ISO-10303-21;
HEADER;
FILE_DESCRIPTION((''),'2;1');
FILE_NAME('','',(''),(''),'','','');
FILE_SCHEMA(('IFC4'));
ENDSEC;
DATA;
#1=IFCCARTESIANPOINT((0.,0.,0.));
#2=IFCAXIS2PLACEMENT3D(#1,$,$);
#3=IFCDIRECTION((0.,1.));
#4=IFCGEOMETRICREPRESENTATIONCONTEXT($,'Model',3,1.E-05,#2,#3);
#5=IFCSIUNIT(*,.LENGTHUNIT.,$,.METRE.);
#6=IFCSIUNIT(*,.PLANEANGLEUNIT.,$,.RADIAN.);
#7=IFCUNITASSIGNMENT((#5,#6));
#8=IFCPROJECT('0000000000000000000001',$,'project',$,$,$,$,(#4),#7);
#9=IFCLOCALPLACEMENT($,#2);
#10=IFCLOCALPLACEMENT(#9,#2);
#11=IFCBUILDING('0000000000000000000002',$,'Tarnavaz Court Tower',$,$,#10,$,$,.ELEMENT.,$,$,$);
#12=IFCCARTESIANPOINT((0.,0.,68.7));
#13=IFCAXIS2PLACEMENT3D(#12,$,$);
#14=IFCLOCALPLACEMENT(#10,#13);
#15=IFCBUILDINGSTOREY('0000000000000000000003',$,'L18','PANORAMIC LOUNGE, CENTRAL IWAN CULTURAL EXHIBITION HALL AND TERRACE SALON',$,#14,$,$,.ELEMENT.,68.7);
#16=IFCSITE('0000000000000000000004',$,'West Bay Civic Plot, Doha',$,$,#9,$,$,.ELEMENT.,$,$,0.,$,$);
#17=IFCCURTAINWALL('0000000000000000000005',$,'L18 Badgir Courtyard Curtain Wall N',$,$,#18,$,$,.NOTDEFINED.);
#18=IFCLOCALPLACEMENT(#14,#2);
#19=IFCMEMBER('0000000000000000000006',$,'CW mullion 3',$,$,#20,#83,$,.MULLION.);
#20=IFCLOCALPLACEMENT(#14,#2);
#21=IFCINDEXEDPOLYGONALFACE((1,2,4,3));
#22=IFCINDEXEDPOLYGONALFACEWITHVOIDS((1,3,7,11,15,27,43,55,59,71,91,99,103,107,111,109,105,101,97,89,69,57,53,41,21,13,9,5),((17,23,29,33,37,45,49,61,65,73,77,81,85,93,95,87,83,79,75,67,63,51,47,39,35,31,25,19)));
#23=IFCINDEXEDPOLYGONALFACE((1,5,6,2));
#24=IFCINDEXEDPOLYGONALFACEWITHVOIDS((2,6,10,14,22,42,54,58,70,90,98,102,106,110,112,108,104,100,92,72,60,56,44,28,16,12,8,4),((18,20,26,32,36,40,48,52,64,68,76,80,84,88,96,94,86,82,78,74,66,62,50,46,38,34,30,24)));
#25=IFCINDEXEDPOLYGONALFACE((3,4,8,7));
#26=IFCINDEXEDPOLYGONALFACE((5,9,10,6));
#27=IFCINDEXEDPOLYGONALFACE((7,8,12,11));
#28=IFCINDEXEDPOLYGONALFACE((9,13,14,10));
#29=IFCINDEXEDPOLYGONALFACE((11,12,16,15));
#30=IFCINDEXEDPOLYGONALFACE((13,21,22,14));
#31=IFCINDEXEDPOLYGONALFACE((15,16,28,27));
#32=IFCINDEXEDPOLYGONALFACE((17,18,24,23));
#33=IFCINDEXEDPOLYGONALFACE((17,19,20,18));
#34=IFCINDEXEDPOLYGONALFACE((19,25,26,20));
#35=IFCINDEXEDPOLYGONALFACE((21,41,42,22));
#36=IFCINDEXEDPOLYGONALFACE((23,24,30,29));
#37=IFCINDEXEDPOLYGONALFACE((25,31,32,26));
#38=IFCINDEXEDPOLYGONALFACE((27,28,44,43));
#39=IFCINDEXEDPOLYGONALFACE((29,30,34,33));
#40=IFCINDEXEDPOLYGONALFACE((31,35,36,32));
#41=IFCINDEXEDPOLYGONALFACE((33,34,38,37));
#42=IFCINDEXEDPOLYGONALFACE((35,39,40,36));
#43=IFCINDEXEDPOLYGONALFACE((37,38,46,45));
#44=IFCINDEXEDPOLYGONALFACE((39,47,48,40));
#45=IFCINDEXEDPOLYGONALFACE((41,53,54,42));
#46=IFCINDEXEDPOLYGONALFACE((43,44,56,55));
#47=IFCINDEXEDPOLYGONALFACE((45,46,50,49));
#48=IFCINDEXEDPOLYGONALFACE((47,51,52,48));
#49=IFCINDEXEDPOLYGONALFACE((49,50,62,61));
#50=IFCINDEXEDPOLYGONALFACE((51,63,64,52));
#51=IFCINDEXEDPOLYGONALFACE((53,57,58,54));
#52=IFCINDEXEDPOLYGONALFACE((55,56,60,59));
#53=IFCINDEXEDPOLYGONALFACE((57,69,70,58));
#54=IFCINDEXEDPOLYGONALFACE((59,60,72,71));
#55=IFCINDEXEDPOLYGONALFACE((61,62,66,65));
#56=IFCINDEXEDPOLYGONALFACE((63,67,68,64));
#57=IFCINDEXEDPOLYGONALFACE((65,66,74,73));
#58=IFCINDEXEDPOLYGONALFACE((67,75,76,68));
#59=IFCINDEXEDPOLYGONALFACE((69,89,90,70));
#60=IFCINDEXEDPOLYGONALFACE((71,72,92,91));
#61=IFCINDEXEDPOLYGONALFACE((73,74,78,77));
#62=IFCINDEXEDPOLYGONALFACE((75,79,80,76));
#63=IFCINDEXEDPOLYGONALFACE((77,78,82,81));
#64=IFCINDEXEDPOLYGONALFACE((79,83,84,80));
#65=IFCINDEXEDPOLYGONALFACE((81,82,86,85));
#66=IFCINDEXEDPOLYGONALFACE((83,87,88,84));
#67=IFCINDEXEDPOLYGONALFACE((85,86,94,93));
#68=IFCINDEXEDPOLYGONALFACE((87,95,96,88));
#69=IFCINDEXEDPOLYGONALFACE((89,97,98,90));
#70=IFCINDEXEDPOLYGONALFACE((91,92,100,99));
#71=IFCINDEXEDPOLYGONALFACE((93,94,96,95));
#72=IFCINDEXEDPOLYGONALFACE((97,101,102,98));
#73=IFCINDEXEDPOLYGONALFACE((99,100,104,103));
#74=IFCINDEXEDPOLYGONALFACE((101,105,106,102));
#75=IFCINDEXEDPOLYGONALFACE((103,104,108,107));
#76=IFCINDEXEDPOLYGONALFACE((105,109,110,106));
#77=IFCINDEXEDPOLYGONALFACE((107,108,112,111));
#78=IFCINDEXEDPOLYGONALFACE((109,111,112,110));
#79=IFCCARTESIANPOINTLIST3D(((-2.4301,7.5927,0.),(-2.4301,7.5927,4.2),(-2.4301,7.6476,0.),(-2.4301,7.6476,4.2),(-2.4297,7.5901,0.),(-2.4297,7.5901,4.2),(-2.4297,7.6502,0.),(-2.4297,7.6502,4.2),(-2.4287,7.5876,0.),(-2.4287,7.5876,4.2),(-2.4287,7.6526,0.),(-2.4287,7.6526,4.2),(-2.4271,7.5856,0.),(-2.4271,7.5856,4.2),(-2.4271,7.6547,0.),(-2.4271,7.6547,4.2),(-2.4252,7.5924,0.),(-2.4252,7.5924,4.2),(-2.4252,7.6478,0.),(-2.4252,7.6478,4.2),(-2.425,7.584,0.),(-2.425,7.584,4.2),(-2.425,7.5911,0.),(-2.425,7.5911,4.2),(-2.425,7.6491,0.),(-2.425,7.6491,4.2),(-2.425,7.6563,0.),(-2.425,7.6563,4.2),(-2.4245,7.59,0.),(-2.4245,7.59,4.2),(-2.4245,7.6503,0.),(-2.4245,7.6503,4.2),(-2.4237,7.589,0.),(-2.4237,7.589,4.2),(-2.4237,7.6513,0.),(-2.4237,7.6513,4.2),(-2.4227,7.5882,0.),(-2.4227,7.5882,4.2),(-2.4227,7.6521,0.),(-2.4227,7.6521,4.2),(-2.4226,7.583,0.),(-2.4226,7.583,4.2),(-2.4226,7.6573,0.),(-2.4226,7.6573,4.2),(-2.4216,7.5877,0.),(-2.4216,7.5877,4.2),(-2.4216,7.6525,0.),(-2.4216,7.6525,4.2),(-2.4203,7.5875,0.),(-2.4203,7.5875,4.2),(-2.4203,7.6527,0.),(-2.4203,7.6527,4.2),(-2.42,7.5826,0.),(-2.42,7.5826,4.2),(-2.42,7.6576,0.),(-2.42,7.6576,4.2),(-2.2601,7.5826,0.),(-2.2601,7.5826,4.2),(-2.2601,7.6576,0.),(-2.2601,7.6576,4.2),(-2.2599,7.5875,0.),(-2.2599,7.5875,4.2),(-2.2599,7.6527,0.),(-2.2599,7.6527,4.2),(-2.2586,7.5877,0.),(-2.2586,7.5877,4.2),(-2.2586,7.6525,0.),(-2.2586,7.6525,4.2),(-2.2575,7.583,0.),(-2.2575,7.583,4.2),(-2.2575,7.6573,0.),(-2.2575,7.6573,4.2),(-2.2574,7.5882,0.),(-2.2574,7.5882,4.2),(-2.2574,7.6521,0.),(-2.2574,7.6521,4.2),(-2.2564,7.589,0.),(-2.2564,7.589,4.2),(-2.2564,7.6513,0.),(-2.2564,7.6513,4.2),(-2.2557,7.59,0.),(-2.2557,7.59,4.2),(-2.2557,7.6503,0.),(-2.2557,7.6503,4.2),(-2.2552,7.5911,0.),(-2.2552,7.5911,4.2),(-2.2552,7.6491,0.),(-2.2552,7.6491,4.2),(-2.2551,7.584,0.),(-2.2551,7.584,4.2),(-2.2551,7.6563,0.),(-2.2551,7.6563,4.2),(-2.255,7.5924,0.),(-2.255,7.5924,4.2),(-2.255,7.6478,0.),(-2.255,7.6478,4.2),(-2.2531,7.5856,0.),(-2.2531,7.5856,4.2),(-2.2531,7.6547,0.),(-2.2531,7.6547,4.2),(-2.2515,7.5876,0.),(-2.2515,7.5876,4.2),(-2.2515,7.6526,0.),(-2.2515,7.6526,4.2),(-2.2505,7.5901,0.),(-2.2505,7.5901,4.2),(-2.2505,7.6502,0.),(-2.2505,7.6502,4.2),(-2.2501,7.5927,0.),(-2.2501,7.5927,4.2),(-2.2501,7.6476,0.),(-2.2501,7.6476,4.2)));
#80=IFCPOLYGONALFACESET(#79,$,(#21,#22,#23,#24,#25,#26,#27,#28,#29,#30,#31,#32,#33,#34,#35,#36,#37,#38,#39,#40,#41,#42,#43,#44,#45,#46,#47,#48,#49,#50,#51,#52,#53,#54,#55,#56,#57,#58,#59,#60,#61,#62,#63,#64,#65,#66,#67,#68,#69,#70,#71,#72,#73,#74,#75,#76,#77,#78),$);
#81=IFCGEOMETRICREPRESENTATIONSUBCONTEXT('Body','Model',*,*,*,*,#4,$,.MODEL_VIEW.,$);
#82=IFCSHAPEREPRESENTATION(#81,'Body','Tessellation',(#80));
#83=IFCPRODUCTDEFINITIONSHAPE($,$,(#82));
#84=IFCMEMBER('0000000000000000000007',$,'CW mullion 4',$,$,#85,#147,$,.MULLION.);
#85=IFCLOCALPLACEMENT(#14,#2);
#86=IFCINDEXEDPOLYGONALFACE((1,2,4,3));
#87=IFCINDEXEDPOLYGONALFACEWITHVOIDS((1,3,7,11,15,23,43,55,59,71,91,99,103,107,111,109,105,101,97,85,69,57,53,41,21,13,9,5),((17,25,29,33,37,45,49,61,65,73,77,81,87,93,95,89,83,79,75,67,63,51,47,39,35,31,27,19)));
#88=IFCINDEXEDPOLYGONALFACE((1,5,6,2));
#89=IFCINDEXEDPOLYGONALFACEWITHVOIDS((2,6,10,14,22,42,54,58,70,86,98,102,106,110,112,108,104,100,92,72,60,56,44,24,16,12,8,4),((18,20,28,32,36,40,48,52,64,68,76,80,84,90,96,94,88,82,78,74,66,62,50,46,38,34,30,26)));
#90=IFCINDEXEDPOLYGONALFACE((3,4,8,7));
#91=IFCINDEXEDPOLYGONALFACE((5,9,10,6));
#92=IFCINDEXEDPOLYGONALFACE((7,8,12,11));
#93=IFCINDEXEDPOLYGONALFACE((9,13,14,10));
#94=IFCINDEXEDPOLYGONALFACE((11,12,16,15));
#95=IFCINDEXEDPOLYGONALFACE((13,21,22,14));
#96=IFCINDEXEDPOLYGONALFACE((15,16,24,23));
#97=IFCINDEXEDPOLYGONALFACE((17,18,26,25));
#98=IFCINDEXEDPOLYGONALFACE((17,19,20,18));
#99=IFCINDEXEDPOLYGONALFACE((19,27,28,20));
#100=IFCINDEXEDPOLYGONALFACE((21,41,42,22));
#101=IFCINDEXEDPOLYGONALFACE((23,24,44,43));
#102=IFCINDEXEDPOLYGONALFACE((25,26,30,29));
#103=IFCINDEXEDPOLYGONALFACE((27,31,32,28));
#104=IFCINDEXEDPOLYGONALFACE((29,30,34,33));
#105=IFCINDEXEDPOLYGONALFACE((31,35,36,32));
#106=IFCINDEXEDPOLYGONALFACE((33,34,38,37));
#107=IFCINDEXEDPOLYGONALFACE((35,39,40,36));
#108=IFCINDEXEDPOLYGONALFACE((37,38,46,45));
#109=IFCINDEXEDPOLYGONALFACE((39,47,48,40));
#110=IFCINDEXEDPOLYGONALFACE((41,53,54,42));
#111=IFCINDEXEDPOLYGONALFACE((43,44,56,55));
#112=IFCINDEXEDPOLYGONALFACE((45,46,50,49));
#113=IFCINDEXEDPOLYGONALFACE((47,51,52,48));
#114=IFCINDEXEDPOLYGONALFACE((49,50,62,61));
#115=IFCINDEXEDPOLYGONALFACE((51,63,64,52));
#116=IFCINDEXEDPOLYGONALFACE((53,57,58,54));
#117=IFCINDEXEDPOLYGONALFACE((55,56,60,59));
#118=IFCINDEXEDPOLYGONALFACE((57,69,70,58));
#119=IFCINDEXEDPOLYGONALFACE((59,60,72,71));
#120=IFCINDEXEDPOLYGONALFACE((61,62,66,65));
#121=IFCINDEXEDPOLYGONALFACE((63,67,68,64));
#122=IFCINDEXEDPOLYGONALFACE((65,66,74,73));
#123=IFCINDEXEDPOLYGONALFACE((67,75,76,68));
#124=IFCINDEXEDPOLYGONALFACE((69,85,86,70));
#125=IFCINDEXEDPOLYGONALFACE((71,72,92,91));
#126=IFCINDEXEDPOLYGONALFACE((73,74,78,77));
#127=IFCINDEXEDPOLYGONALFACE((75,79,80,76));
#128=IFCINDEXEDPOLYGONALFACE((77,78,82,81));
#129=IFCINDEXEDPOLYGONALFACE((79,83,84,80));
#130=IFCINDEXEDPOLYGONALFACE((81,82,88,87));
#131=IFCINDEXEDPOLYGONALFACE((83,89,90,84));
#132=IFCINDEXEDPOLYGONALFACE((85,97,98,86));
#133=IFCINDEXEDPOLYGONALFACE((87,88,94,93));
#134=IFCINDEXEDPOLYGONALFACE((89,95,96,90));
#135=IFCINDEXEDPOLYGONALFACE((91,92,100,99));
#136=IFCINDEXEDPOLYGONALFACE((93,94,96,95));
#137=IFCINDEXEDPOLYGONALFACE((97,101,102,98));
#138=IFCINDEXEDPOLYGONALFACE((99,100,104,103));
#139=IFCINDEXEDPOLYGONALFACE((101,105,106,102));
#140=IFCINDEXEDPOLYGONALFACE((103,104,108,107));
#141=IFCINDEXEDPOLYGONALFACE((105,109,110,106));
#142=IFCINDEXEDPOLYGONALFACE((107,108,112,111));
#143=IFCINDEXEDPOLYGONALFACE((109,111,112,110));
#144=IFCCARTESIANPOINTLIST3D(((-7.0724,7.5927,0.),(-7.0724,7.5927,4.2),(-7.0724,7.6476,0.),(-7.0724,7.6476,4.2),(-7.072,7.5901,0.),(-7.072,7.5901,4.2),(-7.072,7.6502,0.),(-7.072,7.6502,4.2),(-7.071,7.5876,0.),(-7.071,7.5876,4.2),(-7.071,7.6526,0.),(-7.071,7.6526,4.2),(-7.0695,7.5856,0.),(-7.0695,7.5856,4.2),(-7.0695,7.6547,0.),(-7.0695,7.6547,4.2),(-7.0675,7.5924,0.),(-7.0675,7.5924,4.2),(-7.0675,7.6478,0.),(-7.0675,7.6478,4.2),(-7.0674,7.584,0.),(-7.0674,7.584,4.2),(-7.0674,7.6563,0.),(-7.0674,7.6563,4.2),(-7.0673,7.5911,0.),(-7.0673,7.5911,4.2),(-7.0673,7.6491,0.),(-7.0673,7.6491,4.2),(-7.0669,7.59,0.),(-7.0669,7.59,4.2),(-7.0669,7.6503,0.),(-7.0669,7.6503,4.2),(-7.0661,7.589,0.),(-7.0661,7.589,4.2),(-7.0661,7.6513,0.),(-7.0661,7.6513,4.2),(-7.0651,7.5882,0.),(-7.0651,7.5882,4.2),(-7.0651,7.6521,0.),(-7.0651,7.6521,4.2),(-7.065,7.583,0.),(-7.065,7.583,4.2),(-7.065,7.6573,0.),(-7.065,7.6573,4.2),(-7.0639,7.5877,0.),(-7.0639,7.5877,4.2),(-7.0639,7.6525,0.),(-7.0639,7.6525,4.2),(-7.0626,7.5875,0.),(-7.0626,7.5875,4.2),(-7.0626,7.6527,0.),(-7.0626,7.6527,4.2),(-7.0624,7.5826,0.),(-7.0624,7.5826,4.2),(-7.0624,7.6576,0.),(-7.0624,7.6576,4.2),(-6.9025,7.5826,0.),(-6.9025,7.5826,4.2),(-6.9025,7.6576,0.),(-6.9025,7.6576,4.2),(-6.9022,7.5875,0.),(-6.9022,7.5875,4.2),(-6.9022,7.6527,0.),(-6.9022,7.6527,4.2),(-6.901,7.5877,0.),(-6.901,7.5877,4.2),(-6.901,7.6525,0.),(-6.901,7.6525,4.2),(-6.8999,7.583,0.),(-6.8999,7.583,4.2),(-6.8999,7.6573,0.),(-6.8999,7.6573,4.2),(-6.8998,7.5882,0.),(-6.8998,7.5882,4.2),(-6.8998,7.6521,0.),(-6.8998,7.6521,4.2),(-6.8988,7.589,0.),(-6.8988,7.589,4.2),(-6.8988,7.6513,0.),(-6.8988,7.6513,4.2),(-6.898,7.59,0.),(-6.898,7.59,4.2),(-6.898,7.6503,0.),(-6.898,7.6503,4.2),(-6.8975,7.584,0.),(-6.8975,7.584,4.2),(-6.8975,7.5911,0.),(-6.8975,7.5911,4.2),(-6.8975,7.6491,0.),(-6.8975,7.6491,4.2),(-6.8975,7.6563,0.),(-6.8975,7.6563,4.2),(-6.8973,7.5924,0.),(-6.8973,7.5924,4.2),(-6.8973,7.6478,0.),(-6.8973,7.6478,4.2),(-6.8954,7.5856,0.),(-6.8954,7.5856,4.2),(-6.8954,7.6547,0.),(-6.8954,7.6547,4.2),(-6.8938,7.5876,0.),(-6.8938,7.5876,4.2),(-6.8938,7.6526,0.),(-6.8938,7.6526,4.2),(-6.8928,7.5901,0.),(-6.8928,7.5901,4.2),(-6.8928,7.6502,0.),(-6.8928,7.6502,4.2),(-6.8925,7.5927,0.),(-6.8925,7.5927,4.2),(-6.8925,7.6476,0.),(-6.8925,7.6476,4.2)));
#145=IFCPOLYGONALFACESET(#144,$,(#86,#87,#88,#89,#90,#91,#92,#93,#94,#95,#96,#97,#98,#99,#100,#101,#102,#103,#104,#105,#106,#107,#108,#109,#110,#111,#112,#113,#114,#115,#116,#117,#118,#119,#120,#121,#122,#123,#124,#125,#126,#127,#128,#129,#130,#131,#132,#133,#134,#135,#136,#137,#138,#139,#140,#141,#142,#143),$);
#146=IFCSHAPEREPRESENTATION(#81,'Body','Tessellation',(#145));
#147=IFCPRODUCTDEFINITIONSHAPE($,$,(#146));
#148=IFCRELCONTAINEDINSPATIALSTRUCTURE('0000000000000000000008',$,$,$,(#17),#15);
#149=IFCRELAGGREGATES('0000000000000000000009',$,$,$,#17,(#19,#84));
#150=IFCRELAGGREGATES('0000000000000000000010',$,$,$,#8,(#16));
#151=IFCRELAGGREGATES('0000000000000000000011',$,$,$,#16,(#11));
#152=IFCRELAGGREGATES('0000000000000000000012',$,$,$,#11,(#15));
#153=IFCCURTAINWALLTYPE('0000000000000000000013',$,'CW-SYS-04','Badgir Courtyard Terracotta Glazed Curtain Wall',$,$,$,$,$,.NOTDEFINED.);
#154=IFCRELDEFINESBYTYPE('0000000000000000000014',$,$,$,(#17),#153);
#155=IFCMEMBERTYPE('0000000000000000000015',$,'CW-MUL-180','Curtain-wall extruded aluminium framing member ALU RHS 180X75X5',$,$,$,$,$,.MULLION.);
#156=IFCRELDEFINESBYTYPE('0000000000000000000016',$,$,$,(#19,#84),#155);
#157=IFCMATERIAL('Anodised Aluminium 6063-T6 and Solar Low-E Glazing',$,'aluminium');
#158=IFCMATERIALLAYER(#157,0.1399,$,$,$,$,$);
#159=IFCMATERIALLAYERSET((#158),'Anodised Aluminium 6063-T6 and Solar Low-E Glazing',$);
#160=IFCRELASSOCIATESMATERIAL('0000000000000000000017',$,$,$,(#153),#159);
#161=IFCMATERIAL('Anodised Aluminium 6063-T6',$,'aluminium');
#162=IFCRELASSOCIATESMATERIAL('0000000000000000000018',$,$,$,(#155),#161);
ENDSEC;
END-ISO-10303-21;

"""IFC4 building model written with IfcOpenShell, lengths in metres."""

from ifc_helpers import new_model, si_unit, direction, frame, origin, origin_2d, place, context, subcontext, project, spatial, hollow_rectangle, extrude, material, layer, layer_set, material_profile, profile_set, type_object, element, aggregate, save


model = new_model("IFC4")

# Units and contexts
model_context = context("Model", 3, precision=1e-05, world=origin(), true_north=direction((0.0, 1.0)))
body_context = subcontext(model_context, "Body", "Model", "MODEL_VIEW")
ifc_project = project(units=[si_unit("LENGTHUNIT", "METRE"), si_unit("PLANEANGLEUNIT", "RADIAN")], contexts=[model_context])

# Site, building, storey
site_placement = place(None, origin())
site = spatial("IfcSite", under=ifc_project, at=site_placement, Name="West Bay Civic Plot, Doha", CompositionType="ELEMENT", RefElevation=0.0)
building_placement = place(site_placement, origin())
building = spatial("IfcBuilding", under=site, at=building_placement, Name="Tarnavaz Court Tower", CompositionType="ELEMENT")
storey_placement = place(building_placement, frame((0.0, 0.0, 68.7)))
storey = spatial("IfcBuildingStorey", under=building, at=storey_placement, Name="L18", Description="PANORAMIC LOUNGE, CENTRAL IWAN CULTURAL EXHIBITION HALL AND TERRACE SALON", CompositionType="ELEMENT", Elevation=68.7)

# Curtain wall, members
ifc_material_1 = material(Name="Anodised Aluminium 6063-T6 and Solar Low-E Glazing", Category="aluminium")
ifc_layer_1 = layer(ifc_material_1, 0.1399)
ifc_layer_set_1 = layer_set([ifc_layer_1], Name="Anodised Aluminium 6063-T6 and Solar Low-E Glazing")
curtain_wall_type = type_object("IfcCurtainWallType", Name="CW-SYS-04", Description="Badgir Courtyard Terracotta Glazed Curtain Wall", PredefinedType="NOTDEFINED", material=ifc_layer_set_1)
curtain_wall_placement = place(storey_placement, origin())
curtain_wall = element("IfcCurtainWall", 1, at=curtain_wall_placement, inside=storey, type_object=curtain_wall_type, Name="L18 Badgir Courtyard Curtain Wall N", PredefinedType="NOTDEFINED")
ifc_material_2 = material(Name="Anodised Aluminium 6063-T6", Category="aluminium")
ifc_material_profile_1 = material_profile(ifc_material_2, hollow_rectangle(XDim=0.075, YDim=0.1799, WallThickness=0.0049, InnerFilletRadius=0.0049, OuterFilletRadius=0.01, at=origin_2d()), Name="ALU RHS 180X75X5")
ifc_profile_set_1 = profile_set([ifc_material_profile_1], Name="Anodised Aluminium 6063-T6")
member_type_1 = type_object("IfcMemberType", Name="CW-MUL-180", Description="Curtain-wall extruded aluminium framing member ALU RHS 180X75X5", PredefinedType="MULLION", material=ifc_profile_set_1)
member_1_placement = place(storey_placement, frame((-2.3401, 7.6201, 0.0), z_axis=(0.0, 0.0, 1.0), x_axis=(0.0, -1.0, 0.0)))
member_1 = element("IfcMember", 2, at=member_1_placement, type_object=member_type_1, Name="CW mullion 3", PredefinedType="MULLION", context=body_context, shape_type="SweptSolid", body=[
    extrude(hollow_rectangle(XDim=0.075, YDim=0.1799, WallThickness=0.0049, InnerFilletRadius=0.0049, OuterFilletRadius=0.01, at=origin_2d()), origin(), (0.0, 0.0, 1.0), 4.2),
])
member_2_placement = place(storey_placement, frame((-6.9824, 7.6201, 0.0), z_axis=(0.0, 0.0, 1.0), x_axis=(0.0, -1.0, 0.0)))
member_2 = element("IfcMember", 3, at=member_2_placement, type_object=member_type_1, Name="CW mullion 4", PredefinedType="MULLION", context=body_context, shape_type="SweptSolid", body=[
    extrude(hollow_rectangle(XDim=0.075, YDim=0.1799, WallThickness=0.0049, InnerFilletRadius=0.0049, OuterFilletRadius=0.01, at=origin_2d()), origin(), (0.0, 0.0, 1.0), 4.2),
])
aggregate(curtain_wall, [member_1, member_2])

save(model, "model.ifc")
